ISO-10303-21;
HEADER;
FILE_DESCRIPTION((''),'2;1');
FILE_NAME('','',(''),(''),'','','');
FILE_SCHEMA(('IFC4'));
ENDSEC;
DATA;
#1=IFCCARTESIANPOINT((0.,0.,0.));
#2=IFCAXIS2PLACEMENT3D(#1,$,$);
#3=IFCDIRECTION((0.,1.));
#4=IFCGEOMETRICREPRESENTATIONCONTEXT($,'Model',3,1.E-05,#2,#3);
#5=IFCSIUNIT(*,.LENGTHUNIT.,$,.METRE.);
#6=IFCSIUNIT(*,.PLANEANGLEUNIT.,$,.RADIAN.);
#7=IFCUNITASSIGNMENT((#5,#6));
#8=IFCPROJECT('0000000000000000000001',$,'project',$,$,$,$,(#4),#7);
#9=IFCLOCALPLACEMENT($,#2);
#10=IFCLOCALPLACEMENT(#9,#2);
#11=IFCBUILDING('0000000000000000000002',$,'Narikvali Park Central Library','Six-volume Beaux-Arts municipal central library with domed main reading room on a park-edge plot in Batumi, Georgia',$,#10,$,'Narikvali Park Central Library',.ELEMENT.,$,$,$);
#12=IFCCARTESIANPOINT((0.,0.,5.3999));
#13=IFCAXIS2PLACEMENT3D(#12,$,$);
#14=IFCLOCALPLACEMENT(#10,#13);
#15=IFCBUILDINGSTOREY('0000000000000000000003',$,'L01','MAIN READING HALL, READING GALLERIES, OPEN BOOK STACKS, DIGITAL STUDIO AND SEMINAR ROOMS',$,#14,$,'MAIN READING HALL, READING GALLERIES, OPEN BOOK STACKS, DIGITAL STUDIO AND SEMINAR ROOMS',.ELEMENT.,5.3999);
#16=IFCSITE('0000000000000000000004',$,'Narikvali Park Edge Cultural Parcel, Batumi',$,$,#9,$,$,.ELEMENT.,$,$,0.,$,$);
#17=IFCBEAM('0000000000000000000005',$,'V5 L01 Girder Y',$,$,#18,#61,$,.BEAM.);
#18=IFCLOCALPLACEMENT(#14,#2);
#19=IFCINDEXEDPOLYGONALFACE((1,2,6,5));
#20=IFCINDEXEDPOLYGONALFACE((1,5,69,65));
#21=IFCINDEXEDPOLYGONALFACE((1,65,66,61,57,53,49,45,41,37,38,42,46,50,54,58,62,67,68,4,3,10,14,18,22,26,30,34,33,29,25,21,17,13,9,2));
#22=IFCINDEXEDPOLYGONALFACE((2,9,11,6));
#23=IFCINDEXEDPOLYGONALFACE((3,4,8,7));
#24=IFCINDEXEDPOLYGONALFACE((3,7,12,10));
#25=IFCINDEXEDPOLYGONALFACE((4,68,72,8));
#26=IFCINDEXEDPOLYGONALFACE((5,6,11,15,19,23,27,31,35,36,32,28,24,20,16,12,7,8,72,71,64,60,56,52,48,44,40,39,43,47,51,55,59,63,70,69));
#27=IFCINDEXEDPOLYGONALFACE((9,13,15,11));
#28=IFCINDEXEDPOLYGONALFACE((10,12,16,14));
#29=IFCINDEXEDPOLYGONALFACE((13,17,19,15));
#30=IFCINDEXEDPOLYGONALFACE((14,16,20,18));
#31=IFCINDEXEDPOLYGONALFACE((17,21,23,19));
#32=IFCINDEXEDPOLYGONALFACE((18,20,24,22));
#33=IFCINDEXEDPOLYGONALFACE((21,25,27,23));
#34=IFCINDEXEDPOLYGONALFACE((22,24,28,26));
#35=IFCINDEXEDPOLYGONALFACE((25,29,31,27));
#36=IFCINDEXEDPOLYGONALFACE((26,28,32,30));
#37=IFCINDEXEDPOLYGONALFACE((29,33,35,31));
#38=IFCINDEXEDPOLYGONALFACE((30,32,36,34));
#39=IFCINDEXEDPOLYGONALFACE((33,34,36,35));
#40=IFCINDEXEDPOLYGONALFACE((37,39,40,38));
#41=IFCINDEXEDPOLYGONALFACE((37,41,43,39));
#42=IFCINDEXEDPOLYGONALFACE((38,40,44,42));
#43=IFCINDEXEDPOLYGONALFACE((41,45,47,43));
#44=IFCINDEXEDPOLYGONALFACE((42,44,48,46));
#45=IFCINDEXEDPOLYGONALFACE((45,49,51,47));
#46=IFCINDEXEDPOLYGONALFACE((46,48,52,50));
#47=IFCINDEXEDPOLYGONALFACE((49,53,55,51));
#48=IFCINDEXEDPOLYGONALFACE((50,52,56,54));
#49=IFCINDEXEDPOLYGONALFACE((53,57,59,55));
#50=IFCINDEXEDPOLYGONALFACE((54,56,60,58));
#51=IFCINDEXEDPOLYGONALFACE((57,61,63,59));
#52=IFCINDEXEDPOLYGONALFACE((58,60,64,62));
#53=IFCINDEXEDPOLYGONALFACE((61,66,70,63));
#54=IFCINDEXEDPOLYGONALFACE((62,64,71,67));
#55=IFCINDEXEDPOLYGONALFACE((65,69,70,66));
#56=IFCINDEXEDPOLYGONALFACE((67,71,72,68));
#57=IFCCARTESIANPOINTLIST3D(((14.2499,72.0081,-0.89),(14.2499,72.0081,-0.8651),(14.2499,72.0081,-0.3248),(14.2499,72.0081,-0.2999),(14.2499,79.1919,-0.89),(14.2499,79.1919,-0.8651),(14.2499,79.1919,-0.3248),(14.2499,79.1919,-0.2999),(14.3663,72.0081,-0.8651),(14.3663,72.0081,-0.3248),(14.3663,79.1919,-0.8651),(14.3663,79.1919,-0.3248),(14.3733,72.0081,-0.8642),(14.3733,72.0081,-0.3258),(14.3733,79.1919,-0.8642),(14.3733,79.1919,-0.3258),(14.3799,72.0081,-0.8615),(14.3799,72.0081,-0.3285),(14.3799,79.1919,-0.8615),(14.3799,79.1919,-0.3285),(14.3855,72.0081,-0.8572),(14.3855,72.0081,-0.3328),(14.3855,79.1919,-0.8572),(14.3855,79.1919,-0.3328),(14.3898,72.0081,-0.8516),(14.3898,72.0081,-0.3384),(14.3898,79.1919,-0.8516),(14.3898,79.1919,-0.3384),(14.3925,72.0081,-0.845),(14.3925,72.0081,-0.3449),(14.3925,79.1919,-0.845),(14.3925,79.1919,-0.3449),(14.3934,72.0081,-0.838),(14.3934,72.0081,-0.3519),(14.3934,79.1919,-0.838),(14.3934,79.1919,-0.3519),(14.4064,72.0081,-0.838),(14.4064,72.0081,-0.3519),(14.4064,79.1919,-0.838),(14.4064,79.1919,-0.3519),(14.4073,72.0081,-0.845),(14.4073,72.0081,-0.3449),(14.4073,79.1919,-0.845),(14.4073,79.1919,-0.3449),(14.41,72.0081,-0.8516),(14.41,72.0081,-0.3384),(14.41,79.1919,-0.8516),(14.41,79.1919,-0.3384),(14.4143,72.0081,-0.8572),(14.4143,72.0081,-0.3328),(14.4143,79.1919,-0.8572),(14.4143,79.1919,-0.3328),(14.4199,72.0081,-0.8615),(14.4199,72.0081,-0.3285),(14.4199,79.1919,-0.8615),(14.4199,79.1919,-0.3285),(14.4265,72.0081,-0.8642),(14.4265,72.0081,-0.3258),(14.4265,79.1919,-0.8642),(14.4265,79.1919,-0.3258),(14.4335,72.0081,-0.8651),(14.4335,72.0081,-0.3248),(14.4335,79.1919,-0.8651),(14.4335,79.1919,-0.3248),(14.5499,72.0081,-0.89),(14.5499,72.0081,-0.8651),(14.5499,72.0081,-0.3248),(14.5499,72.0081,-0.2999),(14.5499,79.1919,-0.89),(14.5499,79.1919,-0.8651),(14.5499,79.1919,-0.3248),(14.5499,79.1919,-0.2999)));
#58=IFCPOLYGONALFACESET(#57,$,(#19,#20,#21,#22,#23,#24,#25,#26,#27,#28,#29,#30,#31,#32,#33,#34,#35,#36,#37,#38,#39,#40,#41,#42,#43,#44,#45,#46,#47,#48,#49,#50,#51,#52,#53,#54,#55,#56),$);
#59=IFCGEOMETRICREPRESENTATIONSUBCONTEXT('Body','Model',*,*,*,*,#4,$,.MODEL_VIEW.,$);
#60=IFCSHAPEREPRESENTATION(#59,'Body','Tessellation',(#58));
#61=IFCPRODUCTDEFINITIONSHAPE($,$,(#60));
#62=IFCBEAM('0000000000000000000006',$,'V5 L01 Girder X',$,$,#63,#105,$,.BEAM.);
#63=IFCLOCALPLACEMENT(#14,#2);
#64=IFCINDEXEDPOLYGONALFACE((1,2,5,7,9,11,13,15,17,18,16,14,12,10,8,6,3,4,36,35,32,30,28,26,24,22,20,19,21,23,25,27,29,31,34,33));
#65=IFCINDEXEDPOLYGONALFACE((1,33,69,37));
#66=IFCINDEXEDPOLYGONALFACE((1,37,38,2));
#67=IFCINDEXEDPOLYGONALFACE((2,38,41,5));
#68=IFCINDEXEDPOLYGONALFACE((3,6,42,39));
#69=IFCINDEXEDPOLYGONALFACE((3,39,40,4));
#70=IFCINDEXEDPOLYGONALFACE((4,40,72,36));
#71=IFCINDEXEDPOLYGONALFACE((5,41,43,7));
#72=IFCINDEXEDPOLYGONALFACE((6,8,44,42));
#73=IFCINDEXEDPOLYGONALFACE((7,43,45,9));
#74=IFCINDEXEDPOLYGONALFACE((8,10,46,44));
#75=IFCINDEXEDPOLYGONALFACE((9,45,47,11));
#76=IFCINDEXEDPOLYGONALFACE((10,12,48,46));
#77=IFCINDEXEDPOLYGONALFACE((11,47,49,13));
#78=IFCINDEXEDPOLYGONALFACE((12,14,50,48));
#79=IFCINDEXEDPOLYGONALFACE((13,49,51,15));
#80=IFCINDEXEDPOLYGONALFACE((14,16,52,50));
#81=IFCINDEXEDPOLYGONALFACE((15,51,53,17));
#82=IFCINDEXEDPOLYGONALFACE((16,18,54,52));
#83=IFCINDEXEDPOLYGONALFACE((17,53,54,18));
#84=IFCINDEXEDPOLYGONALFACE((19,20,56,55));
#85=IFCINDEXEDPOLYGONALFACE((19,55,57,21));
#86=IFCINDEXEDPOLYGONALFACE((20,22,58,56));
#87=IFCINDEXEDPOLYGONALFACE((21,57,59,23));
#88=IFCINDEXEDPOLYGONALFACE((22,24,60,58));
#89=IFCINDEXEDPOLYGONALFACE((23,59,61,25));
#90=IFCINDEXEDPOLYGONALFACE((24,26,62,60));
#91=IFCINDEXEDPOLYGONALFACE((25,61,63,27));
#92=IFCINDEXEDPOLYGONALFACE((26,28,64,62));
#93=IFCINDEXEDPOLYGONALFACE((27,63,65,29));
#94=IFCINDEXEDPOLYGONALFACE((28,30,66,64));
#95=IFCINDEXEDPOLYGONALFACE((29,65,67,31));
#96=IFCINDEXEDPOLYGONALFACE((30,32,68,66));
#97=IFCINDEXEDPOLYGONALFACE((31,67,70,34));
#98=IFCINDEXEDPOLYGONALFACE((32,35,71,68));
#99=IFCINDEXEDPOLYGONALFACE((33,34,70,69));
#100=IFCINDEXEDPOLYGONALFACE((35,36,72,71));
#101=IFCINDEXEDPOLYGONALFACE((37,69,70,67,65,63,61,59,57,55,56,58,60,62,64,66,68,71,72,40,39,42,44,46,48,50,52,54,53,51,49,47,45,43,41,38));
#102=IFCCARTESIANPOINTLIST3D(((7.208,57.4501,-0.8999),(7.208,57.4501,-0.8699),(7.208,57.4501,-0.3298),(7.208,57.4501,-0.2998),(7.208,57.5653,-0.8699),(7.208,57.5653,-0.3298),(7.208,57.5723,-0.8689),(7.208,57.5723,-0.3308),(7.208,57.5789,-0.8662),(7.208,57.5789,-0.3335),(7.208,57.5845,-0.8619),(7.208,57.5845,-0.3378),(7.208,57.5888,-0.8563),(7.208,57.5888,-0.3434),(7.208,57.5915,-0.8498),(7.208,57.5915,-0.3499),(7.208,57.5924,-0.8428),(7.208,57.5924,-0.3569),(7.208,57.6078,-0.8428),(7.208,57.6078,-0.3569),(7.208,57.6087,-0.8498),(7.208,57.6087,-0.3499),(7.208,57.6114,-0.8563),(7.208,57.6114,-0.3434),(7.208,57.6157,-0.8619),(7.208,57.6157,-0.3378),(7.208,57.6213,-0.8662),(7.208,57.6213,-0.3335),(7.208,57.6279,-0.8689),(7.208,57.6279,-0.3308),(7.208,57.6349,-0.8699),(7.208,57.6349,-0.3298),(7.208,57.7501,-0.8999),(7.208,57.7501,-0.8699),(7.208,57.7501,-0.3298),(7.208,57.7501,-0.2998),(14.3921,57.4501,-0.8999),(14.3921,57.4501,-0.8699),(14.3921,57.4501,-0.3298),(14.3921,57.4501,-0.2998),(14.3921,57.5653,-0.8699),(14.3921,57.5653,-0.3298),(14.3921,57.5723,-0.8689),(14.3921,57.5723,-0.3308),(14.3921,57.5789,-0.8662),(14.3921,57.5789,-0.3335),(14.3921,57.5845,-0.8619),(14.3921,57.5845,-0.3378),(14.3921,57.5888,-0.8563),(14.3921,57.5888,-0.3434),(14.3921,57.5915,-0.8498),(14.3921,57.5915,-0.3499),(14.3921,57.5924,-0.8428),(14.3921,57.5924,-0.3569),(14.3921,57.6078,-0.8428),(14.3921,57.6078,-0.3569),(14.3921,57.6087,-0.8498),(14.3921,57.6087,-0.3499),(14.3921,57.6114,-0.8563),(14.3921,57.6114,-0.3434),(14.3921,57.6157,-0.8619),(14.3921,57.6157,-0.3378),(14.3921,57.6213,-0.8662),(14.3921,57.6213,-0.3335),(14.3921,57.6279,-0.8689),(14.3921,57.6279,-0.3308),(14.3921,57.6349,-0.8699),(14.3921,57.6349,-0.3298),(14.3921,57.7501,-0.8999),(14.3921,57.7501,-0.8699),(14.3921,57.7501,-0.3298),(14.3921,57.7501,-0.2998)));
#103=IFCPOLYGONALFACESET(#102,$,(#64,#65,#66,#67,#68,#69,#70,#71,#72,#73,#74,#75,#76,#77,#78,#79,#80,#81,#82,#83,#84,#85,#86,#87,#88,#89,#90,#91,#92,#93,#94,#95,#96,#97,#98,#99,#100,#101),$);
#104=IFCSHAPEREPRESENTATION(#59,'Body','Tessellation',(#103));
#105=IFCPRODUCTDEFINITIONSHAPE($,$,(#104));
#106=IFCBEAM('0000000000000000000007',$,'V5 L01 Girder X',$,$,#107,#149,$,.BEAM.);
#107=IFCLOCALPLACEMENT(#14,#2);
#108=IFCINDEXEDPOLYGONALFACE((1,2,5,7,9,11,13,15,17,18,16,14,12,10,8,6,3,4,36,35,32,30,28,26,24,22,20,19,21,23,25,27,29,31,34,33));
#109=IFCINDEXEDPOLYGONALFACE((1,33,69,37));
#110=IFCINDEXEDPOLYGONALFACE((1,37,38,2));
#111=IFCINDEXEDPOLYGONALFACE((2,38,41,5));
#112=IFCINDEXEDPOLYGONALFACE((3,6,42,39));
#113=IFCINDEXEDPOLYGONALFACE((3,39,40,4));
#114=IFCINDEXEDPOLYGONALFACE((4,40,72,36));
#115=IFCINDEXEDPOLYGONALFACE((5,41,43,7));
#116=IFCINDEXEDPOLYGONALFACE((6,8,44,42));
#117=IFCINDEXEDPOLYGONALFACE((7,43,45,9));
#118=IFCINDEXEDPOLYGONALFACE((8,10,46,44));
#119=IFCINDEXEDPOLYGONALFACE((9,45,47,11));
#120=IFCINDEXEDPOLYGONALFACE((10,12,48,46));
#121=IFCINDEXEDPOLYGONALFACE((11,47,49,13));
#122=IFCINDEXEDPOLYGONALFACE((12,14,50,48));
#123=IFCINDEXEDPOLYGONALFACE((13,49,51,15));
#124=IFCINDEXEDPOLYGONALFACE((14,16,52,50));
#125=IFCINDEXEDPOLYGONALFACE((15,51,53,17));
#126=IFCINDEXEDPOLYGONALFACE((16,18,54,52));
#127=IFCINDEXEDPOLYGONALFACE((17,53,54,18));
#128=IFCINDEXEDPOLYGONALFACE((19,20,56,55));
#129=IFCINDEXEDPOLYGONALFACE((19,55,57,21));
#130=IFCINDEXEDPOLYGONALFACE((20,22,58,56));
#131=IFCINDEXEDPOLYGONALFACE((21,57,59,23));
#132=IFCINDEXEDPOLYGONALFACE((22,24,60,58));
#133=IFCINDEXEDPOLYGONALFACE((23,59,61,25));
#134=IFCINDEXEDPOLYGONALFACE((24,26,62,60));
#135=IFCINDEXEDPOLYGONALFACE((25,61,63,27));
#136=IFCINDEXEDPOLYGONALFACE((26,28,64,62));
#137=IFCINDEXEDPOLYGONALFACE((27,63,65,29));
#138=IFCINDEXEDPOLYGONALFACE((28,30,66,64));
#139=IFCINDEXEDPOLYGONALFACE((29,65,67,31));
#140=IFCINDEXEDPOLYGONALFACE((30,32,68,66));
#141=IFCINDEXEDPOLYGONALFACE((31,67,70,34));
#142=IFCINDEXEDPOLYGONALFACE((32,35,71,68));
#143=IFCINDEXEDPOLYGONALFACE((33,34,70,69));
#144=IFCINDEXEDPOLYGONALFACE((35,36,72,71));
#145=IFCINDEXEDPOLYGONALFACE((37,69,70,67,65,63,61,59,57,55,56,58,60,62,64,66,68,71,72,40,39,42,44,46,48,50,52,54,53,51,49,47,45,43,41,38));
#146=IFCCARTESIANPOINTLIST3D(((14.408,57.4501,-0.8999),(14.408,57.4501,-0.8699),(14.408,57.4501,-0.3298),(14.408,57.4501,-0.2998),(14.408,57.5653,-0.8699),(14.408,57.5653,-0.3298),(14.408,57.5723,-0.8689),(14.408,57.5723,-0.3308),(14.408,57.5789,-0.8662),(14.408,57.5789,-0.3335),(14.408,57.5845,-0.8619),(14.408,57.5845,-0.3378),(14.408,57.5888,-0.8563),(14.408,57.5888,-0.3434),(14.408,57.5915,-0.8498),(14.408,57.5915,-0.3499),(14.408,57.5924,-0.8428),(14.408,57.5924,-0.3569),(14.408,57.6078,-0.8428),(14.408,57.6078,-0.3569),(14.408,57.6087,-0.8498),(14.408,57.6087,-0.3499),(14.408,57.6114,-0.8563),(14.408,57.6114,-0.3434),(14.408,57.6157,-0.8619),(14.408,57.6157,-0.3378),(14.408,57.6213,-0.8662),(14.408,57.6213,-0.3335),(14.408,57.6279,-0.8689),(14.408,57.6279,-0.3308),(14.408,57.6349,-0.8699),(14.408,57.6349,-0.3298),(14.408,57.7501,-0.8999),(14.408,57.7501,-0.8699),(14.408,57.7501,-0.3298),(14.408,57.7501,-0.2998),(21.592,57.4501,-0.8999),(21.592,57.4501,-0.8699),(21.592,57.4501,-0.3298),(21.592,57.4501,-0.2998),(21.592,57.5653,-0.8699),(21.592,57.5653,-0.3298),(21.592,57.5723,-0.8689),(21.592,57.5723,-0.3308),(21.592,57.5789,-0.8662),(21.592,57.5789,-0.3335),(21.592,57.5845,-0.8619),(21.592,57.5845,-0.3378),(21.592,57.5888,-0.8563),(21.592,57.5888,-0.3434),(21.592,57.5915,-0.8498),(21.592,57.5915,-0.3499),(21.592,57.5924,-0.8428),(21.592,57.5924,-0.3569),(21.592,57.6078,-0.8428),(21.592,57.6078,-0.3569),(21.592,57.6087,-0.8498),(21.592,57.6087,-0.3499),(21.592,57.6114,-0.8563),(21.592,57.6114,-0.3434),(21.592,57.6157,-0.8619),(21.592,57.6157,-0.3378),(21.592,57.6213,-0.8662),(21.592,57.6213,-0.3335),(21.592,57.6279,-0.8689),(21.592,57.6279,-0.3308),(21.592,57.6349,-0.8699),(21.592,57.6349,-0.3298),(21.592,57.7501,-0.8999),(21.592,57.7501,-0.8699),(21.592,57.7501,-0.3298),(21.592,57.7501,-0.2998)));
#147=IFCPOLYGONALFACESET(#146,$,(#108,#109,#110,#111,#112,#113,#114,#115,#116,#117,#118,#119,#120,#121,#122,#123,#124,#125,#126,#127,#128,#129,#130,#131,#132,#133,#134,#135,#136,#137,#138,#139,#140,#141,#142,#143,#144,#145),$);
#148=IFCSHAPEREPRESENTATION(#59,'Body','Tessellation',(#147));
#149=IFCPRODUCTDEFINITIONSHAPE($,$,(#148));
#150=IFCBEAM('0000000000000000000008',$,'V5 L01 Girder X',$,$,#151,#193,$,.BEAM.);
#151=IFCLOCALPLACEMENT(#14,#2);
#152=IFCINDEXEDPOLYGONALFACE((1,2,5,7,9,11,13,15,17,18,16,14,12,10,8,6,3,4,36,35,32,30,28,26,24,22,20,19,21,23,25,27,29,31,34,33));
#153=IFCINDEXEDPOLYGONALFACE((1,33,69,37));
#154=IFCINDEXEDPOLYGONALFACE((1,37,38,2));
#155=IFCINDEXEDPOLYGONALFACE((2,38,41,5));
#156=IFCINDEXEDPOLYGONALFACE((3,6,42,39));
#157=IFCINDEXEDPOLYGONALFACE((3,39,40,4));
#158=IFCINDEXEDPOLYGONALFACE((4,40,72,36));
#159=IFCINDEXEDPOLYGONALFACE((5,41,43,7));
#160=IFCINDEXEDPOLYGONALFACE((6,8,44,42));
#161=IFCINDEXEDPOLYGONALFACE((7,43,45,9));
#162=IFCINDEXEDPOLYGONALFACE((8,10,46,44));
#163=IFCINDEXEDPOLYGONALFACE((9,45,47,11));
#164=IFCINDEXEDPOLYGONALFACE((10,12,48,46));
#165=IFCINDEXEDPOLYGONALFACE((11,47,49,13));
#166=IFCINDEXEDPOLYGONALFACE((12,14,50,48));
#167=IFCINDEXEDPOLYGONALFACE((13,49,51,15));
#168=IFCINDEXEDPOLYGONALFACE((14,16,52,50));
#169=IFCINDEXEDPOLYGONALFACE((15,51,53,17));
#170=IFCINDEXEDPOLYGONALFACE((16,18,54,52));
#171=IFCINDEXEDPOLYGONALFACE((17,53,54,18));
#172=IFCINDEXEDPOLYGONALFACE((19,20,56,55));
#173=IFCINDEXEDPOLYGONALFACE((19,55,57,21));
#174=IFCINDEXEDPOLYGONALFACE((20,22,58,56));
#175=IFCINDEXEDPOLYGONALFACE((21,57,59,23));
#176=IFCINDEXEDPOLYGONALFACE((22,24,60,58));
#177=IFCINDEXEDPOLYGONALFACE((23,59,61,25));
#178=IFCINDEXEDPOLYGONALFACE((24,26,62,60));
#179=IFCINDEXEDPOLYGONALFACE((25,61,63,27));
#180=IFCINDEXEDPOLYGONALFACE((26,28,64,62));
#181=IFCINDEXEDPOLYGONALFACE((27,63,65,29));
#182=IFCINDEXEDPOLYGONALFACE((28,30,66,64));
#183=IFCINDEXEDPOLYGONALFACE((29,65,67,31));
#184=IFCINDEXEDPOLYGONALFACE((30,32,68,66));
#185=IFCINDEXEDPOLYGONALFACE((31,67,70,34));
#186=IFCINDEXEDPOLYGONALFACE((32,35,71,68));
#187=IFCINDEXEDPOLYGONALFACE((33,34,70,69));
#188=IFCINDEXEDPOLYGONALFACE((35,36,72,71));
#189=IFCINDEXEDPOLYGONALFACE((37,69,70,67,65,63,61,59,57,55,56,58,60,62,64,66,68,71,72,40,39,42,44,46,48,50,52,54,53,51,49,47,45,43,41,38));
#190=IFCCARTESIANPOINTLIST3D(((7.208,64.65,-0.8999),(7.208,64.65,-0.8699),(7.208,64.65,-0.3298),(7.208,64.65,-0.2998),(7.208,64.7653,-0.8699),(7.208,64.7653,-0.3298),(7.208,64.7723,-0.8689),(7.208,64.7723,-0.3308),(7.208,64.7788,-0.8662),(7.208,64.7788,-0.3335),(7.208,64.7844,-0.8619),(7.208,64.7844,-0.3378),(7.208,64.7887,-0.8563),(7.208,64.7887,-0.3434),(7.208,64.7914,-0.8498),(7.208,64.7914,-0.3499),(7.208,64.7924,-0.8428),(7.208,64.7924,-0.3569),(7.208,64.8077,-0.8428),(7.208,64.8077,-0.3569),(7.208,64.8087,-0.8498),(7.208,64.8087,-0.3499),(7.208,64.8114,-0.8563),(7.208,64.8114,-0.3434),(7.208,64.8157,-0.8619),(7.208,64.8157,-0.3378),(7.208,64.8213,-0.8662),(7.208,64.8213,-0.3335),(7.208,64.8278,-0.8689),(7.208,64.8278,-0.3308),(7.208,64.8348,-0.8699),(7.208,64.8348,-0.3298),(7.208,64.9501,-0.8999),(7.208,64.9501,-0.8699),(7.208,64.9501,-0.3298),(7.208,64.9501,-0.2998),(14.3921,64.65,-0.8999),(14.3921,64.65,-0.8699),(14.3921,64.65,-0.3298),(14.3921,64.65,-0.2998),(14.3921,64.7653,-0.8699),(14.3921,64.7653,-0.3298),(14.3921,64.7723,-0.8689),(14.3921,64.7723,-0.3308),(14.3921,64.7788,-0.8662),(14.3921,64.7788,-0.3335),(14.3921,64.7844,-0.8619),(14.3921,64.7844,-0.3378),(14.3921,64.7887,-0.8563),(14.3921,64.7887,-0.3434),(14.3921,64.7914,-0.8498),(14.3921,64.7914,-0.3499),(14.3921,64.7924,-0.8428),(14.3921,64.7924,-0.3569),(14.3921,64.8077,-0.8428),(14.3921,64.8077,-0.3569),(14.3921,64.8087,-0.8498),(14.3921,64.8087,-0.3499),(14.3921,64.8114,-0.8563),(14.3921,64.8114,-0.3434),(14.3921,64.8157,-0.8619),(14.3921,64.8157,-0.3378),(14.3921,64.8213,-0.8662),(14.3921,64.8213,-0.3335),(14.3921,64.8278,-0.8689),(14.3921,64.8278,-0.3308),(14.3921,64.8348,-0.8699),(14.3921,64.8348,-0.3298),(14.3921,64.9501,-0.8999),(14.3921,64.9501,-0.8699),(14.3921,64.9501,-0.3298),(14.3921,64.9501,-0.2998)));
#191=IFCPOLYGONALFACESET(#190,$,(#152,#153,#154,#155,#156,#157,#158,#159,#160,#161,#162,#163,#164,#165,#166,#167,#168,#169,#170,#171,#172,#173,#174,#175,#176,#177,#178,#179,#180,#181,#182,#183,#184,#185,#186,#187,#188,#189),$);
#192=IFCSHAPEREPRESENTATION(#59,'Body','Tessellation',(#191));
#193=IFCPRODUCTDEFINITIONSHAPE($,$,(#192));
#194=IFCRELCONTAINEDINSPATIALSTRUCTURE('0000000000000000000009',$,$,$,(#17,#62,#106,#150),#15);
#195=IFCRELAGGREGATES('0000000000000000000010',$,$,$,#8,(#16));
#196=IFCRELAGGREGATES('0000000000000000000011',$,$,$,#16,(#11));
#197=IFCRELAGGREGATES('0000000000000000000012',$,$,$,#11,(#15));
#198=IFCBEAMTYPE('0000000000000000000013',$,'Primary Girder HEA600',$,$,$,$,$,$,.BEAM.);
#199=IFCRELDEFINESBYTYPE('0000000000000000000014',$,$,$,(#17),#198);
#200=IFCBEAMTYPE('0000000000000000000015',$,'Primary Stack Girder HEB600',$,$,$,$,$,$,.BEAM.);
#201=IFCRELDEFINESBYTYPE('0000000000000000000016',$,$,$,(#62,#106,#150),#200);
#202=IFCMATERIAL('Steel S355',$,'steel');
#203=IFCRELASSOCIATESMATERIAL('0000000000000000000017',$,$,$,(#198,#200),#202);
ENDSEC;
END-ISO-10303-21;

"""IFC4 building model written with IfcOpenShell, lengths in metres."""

from ifc_helpers import new_model, si_unit, direction, frame, origin, origin_2d, place, context, subcontext, project, spatial, i_section, extrude, material, material_profile, profile_set, type_object, element, save


model = new_model("IFC4")

# Units and contexts
model_context = context("Model", 3, precision=1e-05, world=origin(), true_north=direction((0.0, 1.0)))
body_context = subcontext(model_context, "Body", "Model", "MODEL_VIEW")
ifc_project = project(units=[si_unit("LENGTHUNIT", "METRE"), si_unit("PLANEANGLEUNIT", "RADIAN")], contexts=[model_context])

# Site, building, storey
site_placement = place(None, origin())
site = spatial("IfcSite", under=ifc_project, at=site_placement, Name="Narikvali Park Edge Cultural Parcel, Batumi", CompositionType="ELEMENT", RefElevation=0.0)
building_placement = place(site_placement, origin())
building = spatial("IfcBuilding", under=site, at=building_placement, Name="Narikvali Park Central Library", Description="Six-volume Beaux-Arts municipal central library with domed main reading room on a park-edge plot in Batumi, Georgia", LongName="Narikvali Park Central Library", CompositionType="ELEMENT")
storey_placement = place(building_placement, frame((0.0, 0.0, 5.3999)))
storey = spatial("IfcBuildingStorey", under=building, at=storey_placement, Name="L01", Description="MAIN READING HALL, READING GALLERIES, OPEN BOOK STACKS, DIGITAL STUDIO AND SEMINAR ROOMS", LongName="MAIN READING HALL, READING GALLERIES, OPEN BOOK STACKS, DIGITAL STUDIO AND SEMINAR ROOMS", CompositionType="ELEMENT", Elevation=5.3999)

# Shared definitions
ifc_material_1 = material(Name="Steel S355", Category="steel")

# Beams
ifc_material_profile_1 = material_profile(ifc_material_1, i_section(OverallWidth=0.3, OverallDepth=0.5901, WebThickness=0.0129, FlangeThickness=0.0249, FilletRadius=0.0271, at=origin_2d()), Name="HEA 600")
ifc_profile_set_1 = profile_set([ifc_material_profile_1], Name="Steel S355")
beam_type_1 = type_object("IfcBeamType", Name="Primary Girder HEA600", PredefinedType="BEAM", material=ifc_profile_set_1)
for number, where, z_axis, x_axis, name in (
    (1, (14.3999, 72.0081, -0.595), (0.0, 1.0, 0.0), (-1.0, 0.0, 0.0), "V5 L01 Girder Y"),
):
    element("IfcBeam", number, at=place(storey_placement, frame(where, z_axis=z_axis, x_axis=x_axis)), inside=storey, type_object=beam_type_1, Name=name, PredefinedType="BEAM", context=body_context, shape_type="SweptSolid", body=[
        extrude(i_section(OverallWidth=0.3, OverallDepth=0.5901, WebThickness=0.0129, FlangeThickness=0.0249, FilletRadius=0.0271, at=origin_2d()), origin(), (0.0, 0.0, 1.0), 7.1838),
    ])
ifc_material_profile_2 = material_profile(ifc_material_1, i_section(OverallWidth=0.3, OverallDepth=0.6001, WebThickness=0.0154, FlangeThickness=0.03, FilletRadius=0.0271, at=origin_2d()), Name="HEB 600")
ifc_profile_set_2 = profile_set([ifc_material_profile_2], Name="Steel S355")
beam_type_2 = type_object("IfcBeamType", Name="Primary Stack Girder HEB600", PredefinedType="BEAM", material=ifc_profile_set_2)
for number, where, z_axis, x_axis, name in (
    (2, (7.208, 57.6001, -0.5999), (1.0, 0.0, 0.0), (0.0, 1.0, 0.0), "V5 L01 Girder X"),
    (3, (14.408, 57.6001, -0.5999), (1.0, 0.0, 0.0), (0.0, 1.0, 0.0), "V5 L01 Girder X"),
    (4, (7.208, 64.8, -0.5999), (1.0, 0.0, 0.0), (0.0, 1.0, 0.0), "V5 L01 Girder X"),
):
    element("IfcBeam", number, at=place(storey_placement, frame(where, z_axis=z_axis, x_axis=x_axis)), inside=storey, type_object=beam_type_2, Name=name, PredefinedType="BEAM", context=body_context, shape_type="SweptSolid", body=[
        extrude(i_section(OverallWidth=0.3, OverallDepth=0.6001, WebThickness=0.0154, FlangeThickness=0.03, FilletRadius=0.0271, at=origin_2d()), origin(), (0.0, 0.0, 1.0), 7.1841),
    ])

save(model, "model.ifc")
